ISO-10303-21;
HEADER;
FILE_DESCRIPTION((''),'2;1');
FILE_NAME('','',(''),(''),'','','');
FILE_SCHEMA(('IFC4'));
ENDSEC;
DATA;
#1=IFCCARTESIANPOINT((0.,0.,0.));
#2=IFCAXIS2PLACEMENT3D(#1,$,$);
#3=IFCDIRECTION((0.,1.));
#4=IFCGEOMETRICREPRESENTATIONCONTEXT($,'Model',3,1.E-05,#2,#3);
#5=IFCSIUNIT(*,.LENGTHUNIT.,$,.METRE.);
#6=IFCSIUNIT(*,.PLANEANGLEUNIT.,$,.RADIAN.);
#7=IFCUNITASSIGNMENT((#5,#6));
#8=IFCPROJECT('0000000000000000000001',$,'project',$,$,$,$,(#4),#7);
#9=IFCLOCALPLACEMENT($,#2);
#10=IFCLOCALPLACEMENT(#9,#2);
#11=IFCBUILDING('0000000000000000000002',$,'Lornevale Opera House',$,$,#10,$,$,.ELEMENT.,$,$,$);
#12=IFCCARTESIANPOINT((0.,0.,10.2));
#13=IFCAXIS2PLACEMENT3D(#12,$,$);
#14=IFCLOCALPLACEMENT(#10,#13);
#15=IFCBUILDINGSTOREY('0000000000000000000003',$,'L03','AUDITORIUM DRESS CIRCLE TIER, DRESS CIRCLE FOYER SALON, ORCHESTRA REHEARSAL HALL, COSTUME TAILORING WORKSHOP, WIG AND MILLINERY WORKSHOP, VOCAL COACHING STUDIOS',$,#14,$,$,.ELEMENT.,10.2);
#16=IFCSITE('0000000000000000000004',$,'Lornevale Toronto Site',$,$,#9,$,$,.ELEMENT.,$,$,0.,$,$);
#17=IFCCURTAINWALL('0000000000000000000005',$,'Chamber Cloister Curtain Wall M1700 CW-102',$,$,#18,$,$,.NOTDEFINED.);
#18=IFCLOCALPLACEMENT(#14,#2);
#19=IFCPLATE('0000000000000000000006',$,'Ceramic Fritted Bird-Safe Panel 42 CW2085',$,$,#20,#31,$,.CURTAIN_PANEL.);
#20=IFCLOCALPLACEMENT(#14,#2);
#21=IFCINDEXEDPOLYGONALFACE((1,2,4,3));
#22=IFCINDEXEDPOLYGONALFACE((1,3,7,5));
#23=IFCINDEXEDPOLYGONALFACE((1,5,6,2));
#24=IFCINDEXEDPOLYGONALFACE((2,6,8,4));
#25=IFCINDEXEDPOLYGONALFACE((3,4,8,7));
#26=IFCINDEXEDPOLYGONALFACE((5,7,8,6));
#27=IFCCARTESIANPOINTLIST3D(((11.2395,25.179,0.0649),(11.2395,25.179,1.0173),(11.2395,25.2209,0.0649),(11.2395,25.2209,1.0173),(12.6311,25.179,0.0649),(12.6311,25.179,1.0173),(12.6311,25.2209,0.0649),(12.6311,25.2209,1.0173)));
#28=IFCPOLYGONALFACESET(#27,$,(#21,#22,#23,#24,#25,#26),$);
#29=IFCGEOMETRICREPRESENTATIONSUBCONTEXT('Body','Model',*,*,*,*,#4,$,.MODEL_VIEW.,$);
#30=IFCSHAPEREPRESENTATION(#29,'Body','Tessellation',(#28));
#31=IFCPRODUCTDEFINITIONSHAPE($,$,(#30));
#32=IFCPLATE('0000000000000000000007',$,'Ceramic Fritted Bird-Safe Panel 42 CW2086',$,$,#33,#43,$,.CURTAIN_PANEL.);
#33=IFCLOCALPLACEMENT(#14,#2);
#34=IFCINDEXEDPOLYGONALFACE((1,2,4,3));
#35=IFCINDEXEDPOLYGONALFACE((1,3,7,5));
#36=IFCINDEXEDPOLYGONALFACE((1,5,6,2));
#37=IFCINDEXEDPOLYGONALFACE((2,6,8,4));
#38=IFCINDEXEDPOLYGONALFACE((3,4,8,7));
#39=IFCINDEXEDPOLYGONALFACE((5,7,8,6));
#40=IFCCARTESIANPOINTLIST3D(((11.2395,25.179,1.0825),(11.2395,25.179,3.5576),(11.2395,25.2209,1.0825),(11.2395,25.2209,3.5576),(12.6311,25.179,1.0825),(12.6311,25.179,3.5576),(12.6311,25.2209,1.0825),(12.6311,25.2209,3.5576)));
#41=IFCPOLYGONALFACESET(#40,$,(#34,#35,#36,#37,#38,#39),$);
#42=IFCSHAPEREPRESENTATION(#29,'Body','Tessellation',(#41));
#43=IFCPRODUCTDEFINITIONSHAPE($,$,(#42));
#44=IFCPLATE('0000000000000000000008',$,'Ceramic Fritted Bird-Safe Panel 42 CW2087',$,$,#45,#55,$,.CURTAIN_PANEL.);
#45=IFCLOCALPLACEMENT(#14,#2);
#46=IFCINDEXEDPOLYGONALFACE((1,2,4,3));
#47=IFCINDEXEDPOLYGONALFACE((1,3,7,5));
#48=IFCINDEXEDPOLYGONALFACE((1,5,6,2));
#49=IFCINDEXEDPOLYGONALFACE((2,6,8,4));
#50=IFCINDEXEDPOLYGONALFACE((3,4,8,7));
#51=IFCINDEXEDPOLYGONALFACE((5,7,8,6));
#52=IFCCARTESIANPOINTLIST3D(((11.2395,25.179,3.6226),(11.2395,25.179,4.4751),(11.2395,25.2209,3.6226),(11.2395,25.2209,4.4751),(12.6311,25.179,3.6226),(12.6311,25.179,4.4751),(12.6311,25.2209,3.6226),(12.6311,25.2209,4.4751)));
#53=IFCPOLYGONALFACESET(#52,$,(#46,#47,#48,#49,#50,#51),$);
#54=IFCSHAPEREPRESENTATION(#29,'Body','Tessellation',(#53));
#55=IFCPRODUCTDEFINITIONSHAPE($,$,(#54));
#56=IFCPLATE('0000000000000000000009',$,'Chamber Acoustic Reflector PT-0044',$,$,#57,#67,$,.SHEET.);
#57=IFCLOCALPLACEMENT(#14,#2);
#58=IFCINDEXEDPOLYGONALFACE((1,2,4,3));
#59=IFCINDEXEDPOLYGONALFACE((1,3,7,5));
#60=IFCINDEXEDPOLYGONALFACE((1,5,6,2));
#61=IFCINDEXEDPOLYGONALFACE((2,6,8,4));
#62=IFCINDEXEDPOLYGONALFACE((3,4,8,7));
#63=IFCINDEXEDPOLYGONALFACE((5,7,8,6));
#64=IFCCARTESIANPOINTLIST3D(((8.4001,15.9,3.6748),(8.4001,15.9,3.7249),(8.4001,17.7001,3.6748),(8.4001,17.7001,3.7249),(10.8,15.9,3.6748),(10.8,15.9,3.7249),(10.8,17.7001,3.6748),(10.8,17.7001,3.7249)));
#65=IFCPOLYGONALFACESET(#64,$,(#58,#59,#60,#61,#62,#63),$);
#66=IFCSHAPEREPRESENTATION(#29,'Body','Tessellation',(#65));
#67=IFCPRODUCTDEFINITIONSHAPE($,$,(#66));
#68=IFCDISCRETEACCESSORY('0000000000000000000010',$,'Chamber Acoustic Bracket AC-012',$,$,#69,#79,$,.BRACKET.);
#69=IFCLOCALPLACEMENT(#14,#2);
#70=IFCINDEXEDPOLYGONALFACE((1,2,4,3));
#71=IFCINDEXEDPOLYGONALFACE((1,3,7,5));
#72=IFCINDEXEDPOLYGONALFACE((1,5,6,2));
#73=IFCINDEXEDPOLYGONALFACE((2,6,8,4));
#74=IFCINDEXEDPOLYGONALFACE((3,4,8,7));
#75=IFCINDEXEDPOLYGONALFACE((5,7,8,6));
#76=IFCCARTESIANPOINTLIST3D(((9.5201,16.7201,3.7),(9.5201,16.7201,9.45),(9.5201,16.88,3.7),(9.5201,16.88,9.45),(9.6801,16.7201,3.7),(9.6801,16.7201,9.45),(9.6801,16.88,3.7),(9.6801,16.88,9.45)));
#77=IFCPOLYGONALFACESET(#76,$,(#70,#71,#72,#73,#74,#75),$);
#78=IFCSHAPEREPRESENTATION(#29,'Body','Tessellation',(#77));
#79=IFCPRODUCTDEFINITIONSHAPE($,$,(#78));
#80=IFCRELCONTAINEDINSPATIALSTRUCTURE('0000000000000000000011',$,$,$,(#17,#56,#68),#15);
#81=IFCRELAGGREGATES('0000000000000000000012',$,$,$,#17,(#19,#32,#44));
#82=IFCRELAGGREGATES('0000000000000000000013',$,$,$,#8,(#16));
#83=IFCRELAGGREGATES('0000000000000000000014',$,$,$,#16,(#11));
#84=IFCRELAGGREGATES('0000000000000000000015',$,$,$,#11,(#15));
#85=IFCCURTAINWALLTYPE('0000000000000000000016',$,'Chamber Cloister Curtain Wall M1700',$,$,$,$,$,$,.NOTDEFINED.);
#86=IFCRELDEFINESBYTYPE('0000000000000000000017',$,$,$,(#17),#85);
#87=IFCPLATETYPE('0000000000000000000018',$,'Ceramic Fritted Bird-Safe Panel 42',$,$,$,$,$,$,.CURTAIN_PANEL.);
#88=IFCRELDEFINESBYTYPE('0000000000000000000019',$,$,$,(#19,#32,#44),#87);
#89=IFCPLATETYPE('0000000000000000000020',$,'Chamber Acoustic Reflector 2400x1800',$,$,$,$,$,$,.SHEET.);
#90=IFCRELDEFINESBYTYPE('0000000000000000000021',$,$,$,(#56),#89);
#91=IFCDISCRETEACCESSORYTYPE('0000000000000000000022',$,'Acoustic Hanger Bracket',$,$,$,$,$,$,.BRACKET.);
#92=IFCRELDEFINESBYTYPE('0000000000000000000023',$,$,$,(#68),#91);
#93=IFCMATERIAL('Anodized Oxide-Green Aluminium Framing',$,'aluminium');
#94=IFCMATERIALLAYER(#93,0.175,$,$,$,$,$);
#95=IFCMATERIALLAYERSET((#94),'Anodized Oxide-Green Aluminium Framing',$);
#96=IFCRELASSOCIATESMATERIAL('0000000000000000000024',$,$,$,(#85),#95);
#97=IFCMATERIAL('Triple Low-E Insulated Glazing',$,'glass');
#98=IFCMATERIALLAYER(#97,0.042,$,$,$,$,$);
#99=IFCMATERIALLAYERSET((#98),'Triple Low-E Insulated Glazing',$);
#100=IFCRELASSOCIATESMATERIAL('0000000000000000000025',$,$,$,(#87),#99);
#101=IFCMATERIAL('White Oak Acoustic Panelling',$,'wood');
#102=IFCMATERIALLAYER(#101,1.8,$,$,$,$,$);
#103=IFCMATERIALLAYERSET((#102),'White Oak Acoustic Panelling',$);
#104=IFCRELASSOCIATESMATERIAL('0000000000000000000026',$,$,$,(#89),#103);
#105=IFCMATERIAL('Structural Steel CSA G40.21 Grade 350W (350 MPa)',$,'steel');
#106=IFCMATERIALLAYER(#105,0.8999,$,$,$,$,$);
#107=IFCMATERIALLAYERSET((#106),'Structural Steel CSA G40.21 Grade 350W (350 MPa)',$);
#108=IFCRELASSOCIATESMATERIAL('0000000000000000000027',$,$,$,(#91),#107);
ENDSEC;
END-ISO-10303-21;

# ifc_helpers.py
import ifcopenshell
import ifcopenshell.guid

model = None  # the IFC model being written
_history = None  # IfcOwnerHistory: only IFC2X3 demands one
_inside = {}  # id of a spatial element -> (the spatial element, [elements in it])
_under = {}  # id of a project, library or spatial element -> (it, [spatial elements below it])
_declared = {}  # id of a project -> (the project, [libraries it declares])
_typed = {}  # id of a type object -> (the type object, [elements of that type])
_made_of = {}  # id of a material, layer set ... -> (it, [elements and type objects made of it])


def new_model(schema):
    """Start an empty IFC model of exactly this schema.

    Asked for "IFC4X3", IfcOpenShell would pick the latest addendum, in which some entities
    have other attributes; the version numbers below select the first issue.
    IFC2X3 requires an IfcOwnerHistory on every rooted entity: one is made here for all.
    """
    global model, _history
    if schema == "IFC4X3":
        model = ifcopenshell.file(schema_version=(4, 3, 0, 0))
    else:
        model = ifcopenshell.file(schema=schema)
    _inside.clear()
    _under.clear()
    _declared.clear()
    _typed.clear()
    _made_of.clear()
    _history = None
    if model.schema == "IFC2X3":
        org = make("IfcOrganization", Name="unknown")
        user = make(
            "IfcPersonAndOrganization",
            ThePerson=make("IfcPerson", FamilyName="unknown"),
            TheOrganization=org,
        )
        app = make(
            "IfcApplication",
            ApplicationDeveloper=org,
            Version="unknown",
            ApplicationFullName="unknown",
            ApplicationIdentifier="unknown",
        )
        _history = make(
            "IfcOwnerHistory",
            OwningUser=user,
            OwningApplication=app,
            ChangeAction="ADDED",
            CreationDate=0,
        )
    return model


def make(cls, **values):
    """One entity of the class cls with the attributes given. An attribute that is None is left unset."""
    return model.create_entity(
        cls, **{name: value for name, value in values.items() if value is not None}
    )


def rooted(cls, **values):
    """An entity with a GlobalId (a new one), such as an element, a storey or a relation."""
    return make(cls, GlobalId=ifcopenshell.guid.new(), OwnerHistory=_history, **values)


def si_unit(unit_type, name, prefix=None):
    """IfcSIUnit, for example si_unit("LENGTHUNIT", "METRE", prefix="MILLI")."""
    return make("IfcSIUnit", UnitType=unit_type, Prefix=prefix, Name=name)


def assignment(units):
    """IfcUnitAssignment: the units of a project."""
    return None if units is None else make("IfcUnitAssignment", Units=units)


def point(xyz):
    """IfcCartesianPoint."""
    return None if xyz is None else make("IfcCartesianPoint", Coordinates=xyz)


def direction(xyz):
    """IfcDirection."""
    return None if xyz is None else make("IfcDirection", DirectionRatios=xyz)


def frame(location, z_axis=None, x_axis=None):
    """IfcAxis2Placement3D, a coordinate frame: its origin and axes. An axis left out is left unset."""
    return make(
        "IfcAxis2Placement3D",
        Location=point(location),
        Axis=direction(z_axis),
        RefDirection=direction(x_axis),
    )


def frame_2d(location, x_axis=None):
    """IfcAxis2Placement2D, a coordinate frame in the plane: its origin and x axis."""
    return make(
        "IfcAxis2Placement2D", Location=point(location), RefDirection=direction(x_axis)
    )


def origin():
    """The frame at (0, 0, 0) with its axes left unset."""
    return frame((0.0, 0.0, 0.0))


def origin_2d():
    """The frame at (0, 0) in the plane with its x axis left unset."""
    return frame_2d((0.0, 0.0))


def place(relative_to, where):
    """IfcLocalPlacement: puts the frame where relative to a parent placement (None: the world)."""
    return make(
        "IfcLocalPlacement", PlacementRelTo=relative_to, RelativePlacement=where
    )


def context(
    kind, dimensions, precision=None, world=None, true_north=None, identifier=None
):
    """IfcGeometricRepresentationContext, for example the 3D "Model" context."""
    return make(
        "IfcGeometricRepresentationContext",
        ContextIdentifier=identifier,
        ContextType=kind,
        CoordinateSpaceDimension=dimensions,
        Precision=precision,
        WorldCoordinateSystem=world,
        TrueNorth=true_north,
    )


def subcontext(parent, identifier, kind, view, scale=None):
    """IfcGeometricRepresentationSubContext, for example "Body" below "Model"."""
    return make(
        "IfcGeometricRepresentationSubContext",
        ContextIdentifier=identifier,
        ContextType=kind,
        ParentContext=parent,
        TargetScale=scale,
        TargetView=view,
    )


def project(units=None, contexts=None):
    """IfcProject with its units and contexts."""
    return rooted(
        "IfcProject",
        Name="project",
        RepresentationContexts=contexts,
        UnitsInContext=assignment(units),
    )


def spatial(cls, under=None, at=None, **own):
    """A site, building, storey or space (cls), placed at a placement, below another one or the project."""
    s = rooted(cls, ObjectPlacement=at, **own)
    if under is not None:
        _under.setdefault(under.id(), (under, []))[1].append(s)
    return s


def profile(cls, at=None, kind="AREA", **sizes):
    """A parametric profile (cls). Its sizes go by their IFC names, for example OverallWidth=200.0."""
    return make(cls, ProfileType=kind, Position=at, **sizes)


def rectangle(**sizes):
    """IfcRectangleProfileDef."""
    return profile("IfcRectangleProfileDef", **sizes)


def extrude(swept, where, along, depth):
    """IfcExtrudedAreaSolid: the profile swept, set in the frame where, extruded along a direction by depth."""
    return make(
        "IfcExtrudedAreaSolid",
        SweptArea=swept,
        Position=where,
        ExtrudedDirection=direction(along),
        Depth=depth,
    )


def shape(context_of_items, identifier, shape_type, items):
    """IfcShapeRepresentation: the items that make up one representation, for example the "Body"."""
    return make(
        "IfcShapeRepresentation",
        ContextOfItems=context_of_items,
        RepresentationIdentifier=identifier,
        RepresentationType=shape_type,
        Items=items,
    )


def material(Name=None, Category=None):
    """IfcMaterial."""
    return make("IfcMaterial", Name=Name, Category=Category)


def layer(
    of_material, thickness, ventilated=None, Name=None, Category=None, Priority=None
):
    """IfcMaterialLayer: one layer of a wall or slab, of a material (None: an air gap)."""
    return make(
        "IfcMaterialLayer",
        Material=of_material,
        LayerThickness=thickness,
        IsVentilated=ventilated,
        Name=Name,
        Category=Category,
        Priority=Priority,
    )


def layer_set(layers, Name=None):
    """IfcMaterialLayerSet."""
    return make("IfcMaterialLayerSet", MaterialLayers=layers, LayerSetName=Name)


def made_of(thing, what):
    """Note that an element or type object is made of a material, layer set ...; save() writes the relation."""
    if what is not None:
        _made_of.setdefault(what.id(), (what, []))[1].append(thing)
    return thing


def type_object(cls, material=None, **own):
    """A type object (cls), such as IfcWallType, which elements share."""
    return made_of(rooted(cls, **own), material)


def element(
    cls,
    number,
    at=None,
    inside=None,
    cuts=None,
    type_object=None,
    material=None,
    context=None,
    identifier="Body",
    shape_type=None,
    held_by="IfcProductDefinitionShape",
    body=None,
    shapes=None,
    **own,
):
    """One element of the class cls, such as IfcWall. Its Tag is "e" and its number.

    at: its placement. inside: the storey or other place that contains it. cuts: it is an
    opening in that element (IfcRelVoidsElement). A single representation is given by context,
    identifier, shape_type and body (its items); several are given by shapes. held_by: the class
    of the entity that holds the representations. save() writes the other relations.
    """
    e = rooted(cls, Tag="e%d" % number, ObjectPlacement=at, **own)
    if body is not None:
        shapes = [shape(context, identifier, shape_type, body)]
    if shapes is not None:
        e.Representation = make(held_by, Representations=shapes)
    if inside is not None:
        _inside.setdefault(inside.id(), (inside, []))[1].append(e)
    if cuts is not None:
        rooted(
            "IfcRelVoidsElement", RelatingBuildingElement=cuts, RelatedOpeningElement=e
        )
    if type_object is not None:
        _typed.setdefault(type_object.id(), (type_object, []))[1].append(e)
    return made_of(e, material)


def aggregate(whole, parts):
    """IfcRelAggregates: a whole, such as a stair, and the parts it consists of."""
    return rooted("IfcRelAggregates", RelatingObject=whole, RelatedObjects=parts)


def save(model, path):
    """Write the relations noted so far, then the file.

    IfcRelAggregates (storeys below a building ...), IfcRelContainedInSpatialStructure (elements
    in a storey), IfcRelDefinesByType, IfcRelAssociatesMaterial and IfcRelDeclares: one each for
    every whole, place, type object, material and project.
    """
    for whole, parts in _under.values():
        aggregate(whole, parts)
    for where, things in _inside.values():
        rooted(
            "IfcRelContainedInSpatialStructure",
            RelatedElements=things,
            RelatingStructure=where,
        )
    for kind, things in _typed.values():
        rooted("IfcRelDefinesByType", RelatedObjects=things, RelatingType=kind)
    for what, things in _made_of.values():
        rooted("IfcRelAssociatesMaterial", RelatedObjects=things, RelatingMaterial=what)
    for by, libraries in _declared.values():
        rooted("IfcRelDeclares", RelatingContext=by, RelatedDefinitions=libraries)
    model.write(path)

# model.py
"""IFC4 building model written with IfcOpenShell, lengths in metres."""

from ifc_helpers import new_model, si_unit, direction, frame, origin, origin_2d, place, context, subcontext, project, spatial, rectangle, extrude, material, layer, layer_set, type_object, element, aggregate, save


model = new_model("IFC4")

# Units and contexts
model_context = context("Model", 3, precision=1e-05, world=origin(), true_north=direction((0.0, 1.0)))
body_context = subcontext(model_context, "Body", "Model", "MODEL_VIEW")
ifc_project = project(units=[si_unit("LENGTHUNIT", "METRE"), si_unit("PLANEANGLEUNIT", "RADIAN")], contexts=[model_context])

# Site, building, storey
site_placement = place(None, origin())
site = spatial("IfcSite", under=ifc_project, at=site_placement, Name="Lornevale Toronto Site", CompositionType="ELEMENT", RefElevation=0.0)
building_placement = place(site_placement, origin())
building = spatial("IfcBuilding", under=site, at=building_placement, Name="Lornevale Opera House", CompositionType="ELEMENT")
storey_placement = place(building_placement, frame((0.0, 0.0, 10.2)))
storey = spatial("IfcBuildingStorey", under=building, at=storey_placement, Name="L03", Description="AUDITORIUM DRESS CIRCLE TIER, DRESS CIRCLE FOYER SALON, ORCHESTRA REHEARSAL HALL, COSTUME TAILORING WORKSHOP, WIG AND MILLINERY WORKSHOP, VOCAL COACHING STUDIOS", CompositionType="ELEMENT", Elevation=10.2)

# Shared definitions
ifc_material_1 = material(Name="Structural Steel CSA G40.21 Grade 350W (350 MPa)", Category="steel")

# Curtain wall
ifc_material_2 = material(Name="Anodized Oxide-Green Aluminium Framing", Category="aluminium")
ifc_layer_1 = layer(ifc_material_2, 0.175)
ifc_layer_set_1 = layer_set([ifc_layer_1], Name="Anodized Oxide-Green Aluminium Framing")
curtain_wall_type = type_object("IfcCurtainWallType", Name="Chamber Cloister Curtain Wall M1700", PredefinedType="NOTDEFINED", material=ifc_layer_set_1)
curtain_wall_1_placement = place(storey_placement, origin())
curtain_wall_1 = element("IfcCurtainWall", 1, at=curtain_wall_1_placement, inside=storey, type_object=curtain_wall_type, Name="Chamber Cloister Curtain Wall M1700 CW-102", PredefinedType="NOTDEFINED")

# Plates
ifc_material_3 = material(Name="Triple Low-E Insulated Glazing", Category="glass")
ifc_layer_2 = layer(ifc_material_3, 0.042)
ifc_layer_set_2 = layer_set([ifc_layer_2], Name="Triple Low-E Insulated Glazing")
plate_type_1 = type_object("IfcPlateType", Name="Ceramic Fritted Bird-Safe Panel 42", PredefinedType="CURTAIN_PANEL", material=ifc_layer_set_2)
plate_1_placement = place(storey_placement, frame((11.9353, 25.2, 0.0649), z_axis=(0.0, 0.0, 1.0), x_axis=(1.0, 0.0, 0.0)))
plate_1 = element("IfcPlate", 2, at=plate_1_placement, type_object=plate_type_1, Name="Ceramic Fritted Bird-Safe Panel 42 CW2085", PredefinedType="CURTAIN_PANEL", context=body_context, shape_type="SweptSolid", body=[
    extrude(rectangle(XDim=1.3916, YDim=0.042, at=origin_2d()), origin(), (0.0, 0.0, 1.0), 0.9524),
])
plate_2_placement = place(storey_placement, frame((11.9353, 25.2, 1.0825), z_axis=(0.0, 0.0, 1.0), x_axis=(1.0, 0.0, 0.0)))
plate_2 = element("IfcPlate", 3, at=plate_2_placement, type_object=plate_type_1, Name="Ceramic Fritted Bird-Safe Panel 42 CW2086", PredefinedType="CURTAIN_PANEL", context=body_context, shape_type="SweptSolid", body=[
    extrude(rectangle(XDim=1.3916, YDim=0.042, at=origin_2d()), origin(), (0.0, 0.0, 1.0), 2.4751),
])
plate_3_placement = place(storey_placement, frame((11.9353, 25.2, 3.6226), z_axis=(0.0, 0.0, 1.0), x_axis=(1.0, 0.0, 0.0)))
plate_3 = element("IfcPlate", 4, at=plate_3_placement, type_object=plate_type_1, Name="Ceramic Fritted Bird-Safe Panel 42 CW2087", PredefinedType="CURTAIN_PANEL", context=body_context, shape_type="SweptSolid", body=[
    extrude(rectangle(XDim=1.3916, YDim=0.042, at=origin_2d()), origin(), (0.0, 0.0, 1.0), 0.8525),
])
aggregate(curtain_wall_1, [plate_1, plate_2, plate_3])
ifc_material_4 = material(Name="White Oak Acoustic Panelling", Category="wood")
ifc_layer_3 = layer(ifc_material_4, 1.8)
ifc_layer_set_3 = layer_set([ifc_layer_3], Name="White Oak Acoustic Panelling")
plate_type_2 = type_object("IfcPlateType", Name="Chamber Acoustic Reflector 2400x1800", PredefinedType="SHEET", material=ifc_layer_set_3)
plate_4_placement = place(storey_placement, frame((9.6001, 16.8, 3.6748), z_axis=(0.0, 0.0, 1.0), x_axis=(1.0, 0.0, 0.0)))
element("IfcPlate", 5, at=plate_4_placement, inside=storey, type_object=plate_type_2, Name="Chamber Acoustic Reflector PT-0044", PredefinedType="SHEET", context=body_context, shape_type="SweptSolid", body=[
    extrude(rectangle(XDim=2.3999, YDim=1.8, at=origin_2d()), origin(), (0.0, 0.0, 1.0), 0.05),
])

# Discrete accessory
ifc_layer_4 = layer(ifc_material_1, 0.8999)
ifc_layer_set_4 = layer_set([ifc_layer_4], Name="Structural Steel CSA G40.21 Grade 350W (350 MPa)")
discrete_accessory_type = type_object("IfcDiscreteAccessoryType", Name="Acoustic Hanger Bracket", PredefinedType="BRACKET", material=ifc_layer_set_4)
discrete_accessory_placement = place(storey_placement, frame((9.6001, 16.8, 3.7), z_axis=(0.0, 0.0, 1.0), x_axis=(1.0, 0.0, 0.0)))
element("IfcDiscreteAccessory", 6, at=discrete_accessory_placement, inside=storey, type_object=discrete_accessory_type, Name="Chamber Acoustic Bracket AC-012", PredefinedType="BRACKET", context=body_context, shape_type="SweptSolid", body=[
    extrude(rectangle(XDim=0.1599, YDim=0.1599, at=origin_2d()), origin(), (0.0, 0.0, 1.0), 5.75),
])

save(model, "model.ifc")
